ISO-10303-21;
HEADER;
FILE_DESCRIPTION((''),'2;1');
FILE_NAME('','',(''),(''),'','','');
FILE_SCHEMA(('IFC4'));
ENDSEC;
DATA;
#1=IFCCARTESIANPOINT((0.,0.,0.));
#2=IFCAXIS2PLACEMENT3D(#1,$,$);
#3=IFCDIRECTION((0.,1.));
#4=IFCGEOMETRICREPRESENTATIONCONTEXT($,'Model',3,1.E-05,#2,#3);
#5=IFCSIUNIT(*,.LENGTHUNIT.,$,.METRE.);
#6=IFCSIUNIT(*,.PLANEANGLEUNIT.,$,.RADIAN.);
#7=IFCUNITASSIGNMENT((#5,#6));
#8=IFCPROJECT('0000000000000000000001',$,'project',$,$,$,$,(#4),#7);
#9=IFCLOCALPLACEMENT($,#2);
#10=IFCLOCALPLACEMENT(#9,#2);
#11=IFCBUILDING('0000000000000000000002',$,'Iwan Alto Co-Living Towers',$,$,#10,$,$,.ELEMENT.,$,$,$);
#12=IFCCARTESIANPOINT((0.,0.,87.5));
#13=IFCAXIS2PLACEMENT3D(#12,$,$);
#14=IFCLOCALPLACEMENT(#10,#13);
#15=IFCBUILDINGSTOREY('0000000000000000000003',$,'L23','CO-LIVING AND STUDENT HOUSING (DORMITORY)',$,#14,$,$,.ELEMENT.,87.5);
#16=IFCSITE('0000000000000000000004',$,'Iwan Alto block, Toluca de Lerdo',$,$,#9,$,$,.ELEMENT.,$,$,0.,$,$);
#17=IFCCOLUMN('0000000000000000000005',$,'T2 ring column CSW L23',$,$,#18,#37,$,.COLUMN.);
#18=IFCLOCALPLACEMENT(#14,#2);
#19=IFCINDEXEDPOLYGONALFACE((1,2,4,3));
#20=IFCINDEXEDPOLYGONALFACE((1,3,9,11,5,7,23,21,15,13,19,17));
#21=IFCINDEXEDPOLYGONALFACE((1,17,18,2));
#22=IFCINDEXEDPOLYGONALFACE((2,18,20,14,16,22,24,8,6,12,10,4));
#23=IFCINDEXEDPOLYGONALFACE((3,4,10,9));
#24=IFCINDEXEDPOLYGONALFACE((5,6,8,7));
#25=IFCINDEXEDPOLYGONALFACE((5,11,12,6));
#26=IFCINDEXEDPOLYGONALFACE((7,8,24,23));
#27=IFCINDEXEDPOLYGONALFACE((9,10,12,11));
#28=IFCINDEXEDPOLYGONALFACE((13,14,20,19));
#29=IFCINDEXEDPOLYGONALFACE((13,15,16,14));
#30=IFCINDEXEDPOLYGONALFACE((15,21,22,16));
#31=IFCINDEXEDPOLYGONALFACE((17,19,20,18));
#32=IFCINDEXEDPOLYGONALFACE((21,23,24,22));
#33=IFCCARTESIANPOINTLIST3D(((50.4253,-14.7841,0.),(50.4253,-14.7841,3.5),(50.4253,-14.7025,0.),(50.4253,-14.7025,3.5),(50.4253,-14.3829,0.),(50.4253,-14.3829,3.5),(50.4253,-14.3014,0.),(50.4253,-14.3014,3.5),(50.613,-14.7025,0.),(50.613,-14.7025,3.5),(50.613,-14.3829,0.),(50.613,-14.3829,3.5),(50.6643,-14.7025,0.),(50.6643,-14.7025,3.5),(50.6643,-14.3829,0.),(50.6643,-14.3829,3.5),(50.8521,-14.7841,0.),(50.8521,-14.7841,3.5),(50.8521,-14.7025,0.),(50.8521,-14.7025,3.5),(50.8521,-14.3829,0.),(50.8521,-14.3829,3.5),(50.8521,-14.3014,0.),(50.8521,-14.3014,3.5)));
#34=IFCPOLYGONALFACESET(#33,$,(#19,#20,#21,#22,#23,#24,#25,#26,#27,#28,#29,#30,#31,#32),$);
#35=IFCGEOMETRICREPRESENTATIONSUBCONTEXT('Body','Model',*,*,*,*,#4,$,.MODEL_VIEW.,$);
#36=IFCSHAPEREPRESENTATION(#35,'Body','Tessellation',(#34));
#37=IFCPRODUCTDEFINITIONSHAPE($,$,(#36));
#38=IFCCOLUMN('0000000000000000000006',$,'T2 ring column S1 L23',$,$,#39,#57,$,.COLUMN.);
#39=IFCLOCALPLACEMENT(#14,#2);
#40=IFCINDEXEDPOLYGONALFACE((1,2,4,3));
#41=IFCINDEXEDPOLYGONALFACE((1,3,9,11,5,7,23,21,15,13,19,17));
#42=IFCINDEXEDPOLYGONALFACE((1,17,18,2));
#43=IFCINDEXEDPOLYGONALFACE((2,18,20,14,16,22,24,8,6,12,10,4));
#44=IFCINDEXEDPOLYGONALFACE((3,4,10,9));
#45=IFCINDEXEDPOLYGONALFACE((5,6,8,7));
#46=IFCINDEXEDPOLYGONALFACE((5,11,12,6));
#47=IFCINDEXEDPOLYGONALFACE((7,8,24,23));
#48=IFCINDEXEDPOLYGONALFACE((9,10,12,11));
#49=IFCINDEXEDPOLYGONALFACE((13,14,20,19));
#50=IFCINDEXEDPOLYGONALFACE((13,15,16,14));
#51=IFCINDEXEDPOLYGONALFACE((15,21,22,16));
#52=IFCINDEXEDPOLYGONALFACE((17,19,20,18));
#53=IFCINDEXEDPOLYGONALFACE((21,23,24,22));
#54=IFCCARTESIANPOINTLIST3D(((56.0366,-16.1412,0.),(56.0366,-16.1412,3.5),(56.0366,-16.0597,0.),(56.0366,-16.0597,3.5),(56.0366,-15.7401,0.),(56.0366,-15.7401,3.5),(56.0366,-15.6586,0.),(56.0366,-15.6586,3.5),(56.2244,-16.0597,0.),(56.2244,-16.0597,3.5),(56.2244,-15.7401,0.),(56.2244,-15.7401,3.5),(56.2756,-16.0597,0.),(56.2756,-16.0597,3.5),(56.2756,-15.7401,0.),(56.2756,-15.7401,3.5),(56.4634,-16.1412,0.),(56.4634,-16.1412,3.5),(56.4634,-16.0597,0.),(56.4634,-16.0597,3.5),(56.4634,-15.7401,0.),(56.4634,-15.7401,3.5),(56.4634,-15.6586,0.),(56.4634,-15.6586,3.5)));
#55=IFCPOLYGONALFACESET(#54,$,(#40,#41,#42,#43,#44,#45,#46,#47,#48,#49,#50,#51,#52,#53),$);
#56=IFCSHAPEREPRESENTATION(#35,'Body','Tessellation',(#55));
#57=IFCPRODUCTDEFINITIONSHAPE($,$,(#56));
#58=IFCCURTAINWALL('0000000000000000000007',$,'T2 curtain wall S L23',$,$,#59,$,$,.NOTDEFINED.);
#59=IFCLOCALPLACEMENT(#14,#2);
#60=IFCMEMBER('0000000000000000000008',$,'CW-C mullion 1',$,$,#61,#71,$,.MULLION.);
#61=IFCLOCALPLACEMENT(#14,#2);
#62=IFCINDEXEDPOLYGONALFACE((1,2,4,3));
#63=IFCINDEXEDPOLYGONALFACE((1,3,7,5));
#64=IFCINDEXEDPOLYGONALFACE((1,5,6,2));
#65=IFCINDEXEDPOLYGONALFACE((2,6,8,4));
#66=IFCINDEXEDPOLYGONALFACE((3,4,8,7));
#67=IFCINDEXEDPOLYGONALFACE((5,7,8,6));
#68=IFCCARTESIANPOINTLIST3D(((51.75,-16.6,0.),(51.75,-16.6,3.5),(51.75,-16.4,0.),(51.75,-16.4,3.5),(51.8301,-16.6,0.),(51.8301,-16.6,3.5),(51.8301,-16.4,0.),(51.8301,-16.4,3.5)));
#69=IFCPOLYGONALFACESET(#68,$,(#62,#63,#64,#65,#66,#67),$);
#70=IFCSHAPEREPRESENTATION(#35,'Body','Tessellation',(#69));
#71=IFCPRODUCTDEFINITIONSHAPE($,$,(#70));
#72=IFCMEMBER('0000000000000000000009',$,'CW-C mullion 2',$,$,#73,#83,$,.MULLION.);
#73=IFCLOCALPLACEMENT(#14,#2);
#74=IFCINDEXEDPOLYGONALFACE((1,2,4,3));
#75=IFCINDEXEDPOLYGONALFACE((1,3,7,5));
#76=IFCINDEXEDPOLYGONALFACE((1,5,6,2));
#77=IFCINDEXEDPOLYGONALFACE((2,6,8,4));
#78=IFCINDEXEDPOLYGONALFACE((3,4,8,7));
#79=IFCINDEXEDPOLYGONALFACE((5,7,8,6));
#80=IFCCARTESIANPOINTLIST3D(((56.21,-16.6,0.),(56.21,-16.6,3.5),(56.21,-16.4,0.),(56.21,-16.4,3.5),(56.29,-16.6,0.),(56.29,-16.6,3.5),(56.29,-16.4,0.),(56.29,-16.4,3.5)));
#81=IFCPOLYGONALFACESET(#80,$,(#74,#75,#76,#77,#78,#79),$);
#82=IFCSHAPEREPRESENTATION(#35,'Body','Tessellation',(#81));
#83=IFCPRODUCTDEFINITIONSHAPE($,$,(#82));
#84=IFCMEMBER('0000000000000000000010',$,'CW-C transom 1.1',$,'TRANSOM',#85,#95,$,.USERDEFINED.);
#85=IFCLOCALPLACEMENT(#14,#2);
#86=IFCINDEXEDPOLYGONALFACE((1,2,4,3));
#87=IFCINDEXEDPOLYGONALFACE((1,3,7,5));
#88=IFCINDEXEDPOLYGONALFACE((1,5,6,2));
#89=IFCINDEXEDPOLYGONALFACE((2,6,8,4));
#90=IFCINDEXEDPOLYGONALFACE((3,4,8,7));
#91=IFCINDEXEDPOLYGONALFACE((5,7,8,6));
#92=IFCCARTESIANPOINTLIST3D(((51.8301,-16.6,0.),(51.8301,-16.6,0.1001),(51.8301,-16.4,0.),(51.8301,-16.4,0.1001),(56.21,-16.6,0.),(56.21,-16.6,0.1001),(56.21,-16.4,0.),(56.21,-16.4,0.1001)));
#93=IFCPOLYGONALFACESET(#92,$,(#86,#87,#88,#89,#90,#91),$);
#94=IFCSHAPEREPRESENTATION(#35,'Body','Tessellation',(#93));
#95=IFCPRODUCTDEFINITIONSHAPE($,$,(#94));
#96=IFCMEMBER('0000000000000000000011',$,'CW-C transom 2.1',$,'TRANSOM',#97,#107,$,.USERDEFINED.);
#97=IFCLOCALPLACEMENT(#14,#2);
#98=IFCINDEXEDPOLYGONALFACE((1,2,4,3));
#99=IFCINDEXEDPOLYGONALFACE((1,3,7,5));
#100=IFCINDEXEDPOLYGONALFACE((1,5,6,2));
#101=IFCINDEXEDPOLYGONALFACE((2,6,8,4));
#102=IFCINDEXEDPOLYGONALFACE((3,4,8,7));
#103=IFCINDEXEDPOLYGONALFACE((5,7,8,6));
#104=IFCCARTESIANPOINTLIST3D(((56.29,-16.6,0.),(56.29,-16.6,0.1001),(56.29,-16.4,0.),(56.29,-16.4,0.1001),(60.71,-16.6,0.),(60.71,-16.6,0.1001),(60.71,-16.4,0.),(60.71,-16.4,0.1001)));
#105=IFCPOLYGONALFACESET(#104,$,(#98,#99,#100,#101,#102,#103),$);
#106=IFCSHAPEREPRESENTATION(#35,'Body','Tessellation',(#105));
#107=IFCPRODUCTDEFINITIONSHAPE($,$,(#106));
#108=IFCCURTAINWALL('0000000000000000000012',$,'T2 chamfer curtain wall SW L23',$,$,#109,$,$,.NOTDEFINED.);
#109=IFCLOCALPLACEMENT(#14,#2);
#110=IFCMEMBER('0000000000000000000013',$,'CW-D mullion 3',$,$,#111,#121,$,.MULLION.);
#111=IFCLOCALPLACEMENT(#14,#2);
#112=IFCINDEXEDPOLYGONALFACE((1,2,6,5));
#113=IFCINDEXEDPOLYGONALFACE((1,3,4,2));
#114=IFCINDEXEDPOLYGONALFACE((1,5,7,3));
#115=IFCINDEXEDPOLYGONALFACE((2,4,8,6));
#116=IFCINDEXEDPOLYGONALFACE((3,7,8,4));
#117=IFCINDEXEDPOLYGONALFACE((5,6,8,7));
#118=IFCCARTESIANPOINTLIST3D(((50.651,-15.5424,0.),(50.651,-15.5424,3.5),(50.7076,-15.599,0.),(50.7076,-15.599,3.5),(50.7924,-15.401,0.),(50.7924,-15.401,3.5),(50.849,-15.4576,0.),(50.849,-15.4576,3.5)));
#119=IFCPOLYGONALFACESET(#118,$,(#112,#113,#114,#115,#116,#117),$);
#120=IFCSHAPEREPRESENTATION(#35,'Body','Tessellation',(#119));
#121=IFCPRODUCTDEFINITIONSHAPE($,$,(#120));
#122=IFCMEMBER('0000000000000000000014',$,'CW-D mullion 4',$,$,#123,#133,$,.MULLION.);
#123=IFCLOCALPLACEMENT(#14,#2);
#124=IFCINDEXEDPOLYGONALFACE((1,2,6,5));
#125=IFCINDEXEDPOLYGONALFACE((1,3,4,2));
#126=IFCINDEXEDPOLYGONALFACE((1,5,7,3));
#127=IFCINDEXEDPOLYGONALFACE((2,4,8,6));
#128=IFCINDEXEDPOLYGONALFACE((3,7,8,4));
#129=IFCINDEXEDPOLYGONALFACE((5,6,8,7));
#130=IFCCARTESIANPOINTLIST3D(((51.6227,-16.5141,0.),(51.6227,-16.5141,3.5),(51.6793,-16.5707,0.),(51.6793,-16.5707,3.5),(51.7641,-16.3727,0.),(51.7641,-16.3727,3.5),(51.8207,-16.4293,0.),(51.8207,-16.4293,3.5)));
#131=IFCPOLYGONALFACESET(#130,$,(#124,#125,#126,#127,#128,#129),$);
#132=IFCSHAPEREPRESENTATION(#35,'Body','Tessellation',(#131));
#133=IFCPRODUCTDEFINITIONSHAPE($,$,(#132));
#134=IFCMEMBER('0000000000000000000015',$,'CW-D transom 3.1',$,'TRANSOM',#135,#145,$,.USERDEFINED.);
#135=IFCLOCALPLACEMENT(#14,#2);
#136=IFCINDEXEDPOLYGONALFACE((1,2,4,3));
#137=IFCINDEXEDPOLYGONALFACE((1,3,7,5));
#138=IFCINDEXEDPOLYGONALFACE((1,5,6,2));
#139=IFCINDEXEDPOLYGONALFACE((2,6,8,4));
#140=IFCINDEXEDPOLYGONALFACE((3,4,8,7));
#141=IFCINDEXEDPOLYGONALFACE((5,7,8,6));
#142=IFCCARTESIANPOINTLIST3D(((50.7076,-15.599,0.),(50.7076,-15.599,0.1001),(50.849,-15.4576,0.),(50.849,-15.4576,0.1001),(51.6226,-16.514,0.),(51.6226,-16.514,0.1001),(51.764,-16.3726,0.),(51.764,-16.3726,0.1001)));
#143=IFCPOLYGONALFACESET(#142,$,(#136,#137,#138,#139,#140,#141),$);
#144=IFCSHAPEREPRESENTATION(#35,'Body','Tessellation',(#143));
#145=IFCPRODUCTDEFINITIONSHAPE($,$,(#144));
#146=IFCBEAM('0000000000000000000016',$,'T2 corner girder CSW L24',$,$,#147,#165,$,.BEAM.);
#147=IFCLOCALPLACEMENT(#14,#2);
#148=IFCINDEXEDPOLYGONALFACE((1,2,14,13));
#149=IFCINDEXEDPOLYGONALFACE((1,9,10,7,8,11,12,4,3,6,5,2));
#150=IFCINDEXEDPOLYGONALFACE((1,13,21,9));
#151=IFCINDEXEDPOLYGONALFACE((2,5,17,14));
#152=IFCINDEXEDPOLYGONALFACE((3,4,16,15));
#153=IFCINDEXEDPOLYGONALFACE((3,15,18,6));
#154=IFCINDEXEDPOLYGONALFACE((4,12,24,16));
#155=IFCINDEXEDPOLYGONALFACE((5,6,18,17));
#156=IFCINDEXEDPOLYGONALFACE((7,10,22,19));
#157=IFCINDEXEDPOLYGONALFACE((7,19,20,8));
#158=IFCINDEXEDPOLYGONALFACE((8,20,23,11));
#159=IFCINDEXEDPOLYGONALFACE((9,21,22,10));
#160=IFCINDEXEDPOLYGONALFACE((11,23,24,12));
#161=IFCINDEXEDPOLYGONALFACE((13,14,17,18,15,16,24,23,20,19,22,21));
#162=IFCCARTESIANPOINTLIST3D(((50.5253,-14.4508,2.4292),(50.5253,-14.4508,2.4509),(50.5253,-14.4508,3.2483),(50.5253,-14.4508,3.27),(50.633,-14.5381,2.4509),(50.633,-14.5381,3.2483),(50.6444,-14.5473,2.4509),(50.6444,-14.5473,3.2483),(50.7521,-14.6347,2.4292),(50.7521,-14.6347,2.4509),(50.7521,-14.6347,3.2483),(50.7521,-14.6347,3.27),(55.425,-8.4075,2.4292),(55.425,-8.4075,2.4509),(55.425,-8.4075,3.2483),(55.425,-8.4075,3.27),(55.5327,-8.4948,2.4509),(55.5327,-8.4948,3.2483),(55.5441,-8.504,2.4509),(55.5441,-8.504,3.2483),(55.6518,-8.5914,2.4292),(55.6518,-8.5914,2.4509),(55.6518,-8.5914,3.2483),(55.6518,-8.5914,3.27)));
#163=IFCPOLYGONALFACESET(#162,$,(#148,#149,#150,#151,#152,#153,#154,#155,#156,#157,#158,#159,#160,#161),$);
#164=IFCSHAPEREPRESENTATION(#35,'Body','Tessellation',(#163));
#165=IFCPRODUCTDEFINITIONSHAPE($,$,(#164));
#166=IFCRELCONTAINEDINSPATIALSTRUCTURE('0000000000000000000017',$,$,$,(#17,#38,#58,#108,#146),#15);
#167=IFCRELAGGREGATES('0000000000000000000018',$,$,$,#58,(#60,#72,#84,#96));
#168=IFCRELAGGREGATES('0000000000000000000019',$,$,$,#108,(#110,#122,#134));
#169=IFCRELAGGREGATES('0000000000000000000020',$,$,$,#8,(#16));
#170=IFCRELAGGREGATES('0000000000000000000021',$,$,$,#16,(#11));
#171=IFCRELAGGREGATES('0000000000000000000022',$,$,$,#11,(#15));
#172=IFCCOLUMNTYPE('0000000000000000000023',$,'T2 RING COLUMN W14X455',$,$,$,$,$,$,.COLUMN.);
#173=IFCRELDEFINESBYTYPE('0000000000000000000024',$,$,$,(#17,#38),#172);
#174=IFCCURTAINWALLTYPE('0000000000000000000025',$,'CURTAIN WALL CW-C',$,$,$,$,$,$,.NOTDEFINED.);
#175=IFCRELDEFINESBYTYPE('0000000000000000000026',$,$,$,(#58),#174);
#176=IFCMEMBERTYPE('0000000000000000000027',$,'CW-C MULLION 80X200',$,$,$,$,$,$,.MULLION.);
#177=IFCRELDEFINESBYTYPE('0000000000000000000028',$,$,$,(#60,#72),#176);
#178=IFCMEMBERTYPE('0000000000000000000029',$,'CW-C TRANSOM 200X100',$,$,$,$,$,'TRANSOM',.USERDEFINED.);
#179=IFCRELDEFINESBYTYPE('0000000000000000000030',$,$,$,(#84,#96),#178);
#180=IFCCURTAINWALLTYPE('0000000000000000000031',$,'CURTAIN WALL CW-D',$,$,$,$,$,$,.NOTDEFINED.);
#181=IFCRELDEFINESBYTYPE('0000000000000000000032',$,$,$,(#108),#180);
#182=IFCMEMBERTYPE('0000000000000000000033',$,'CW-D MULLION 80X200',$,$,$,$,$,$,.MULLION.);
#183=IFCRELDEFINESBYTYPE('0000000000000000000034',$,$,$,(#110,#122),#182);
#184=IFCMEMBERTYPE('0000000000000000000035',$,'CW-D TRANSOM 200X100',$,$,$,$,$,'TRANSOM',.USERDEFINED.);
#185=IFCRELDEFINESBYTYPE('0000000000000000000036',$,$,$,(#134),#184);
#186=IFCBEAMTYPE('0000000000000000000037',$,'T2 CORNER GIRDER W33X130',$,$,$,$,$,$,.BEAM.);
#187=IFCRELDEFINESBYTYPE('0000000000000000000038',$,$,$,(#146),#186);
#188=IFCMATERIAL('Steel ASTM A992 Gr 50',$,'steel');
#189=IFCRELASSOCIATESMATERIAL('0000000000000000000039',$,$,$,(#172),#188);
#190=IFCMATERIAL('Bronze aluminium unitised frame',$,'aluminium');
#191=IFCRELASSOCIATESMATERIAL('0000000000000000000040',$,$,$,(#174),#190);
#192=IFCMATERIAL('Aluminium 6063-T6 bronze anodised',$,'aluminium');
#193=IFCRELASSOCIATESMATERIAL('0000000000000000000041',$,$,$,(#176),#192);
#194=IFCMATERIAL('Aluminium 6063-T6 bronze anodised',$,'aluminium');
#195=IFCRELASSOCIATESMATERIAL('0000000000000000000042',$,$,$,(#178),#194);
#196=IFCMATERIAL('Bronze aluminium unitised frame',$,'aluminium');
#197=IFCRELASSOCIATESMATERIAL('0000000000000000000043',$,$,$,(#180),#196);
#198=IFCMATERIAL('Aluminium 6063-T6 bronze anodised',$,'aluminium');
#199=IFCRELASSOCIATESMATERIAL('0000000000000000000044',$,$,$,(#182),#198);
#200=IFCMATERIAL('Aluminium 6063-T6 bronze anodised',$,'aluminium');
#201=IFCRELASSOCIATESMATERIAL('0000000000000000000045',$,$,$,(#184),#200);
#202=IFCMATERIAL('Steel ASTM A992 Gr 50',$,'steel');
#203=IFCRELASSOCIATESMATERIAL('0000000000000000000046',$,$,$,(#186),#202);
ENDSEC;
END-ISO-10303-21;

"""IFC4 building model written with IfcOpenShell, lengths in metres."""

from ifc_helpers import new_model, si_unit, direction, frame, origin, origin_2d, place, context, subcontext, project, spatial, rectangle, i_section, extrude, material, material_profile, profile_set, type_object, element, aggregate, save


model = new_model("IFC4")

# Units and contexts
model_context = context("Model", 3, precision=1e-05, world=origin(), true_north=direction((0.0, 1.0)))
body_context = subcontext(model_context, "Body", "Model", "MODEL_VIEW")
ifc_project = project(units=[si_unit("LENGTHUNIT", "METRE"), si_unit("PLANEANGLEUNIT", "RADIAN")], contexts=[model_context])

# Site, building, storey
site_placement = place(None, origin())
site = spatial("IfcSite", under=ifc_project, at=site_placement, Name="Iwan Alto block, Toluca de Lerdo", CompositionType="ELEMENT", RefElevation=0.0)
building_placement = place(site_placement, origin())
building = spatial("IfcBuilding", under=site, at=building_placement, Name="Iwan Alto Co-Living Towers", CompositionType="ELEMENT")
storey_placement = place(building_placement, frame((0.0, 0.0, 87.5)))
storey = spatial("IfcBuildingStorey", under=building, at=storey_placement, Name="L23", Description="CO-LIVING AND STUDENT HOUSING (DORMITORY)", CompositionType="ELEMENT", Elevation=87.5)

# Columns
ifc_material_1 = material(Name="Steel ASTM A992 Gr 50", Category="steel")
ifc_material_profile_1 = material_profile(ifc_material_1, i_section(OverallWidth=0.4268, OverallDepth=0.4827, WebThickness=0.0513, FlangeThickness=0.0815, at=origin_2d()), Name="W14X455")
ifc_profile_set_1 = profile_set([ifc_material_profile_1], Name="Steel ASTM A992 Gr 50")
column_type = type_object("IfcColumnType", Name="T2 RING COLUMN W14X455", PredefinedType="COLUMN", material=ifc_profile_set_1)
for number, where, z_axis, x_axis, name in (
    (1, (50.6387, -14.5427, 0.0), (0.0, 0.0, 1.0), (1.0, 0.0, 0.0), "T2 ring column CSW L23"),
    (2, (56.25, -15.8999, 0.0), (0.0, 0.0, 1.0), (1.0, 0.0, 0.0), "T2 ring column S1 L23"),
):
    element("IfcColumn", number, at=place(storey_placement, frame(where, z_axis=z_axis, x_axis=x_axis)), inside=storey, type_object=column_type, Name=name, PredefinedType="COLUMN", context=body_context, shape_type="SweptSolid", body=[
        extrude(i_section(OverallWidth=0.4268, OverallDepth=0.4827, WebThickness=0.0513, FlangeThickness=0.0815, at=origin_2d()), origin(), (0.0, 0.0, 1.0), 3.5),
    ])

# Curtain walls, members
ifc_material_2 = material(Name="Bronze aluminium unitised frame", Category="aluminium")
curtain_wall_type_1 = type_object("IfcCurtainWallType", Name="CURTAIN WALL CW-C", PredefinedType="NOTDEFINED", material=ifc_material_2)
curtain_wall_1_placement = place(storey_placement, origin())
curtain_wall_1 = element("IfcCurtainWall", 3, at=curtain_wall_1_placement, inside=storey, type_object=curtain_wall_type_1, Name="T2 curtain wall S L23", PredefinedType="NOTDEFINED")
ifc_material_3 = material(Name="Aluminium 6063-T6 bronze anodised", Category="aluminium")
ifc_material_profile_2 = material_profile(ifc_material_3, rectangle(XDim=0.2, YDim=0.0801, at=origin_2d()), Name="AL 80X200")
ifc_profile_set_2 = profile_set([ifc_material_profile_2], Name="Aluminium 6063-T6 bronze anodised")
member_type_1 = type_object("IfcMemberType", Name="CW-C MULLION 80X200", PredefinedType="MULLION", material=ifc_profile_set_2)
member_1_placement = place(storey_placement, frame((51.79, -16.5, 0.0), z_axis=(0.0, 0.0, 1.0), x_axis=(0.0, 1.0, 0.0)))
member_1 = element("IfcMember", 4, at=member_1_placement, type_object=member_type_1, Name="CW-C mullion 1", PredefinedType="MULLION", context=body_context, shape_type="SweptSolid", body=[
    extrude(rectangle(XDim=0.2, YDim=0.0801, at=origin_2d()), origin(), (0.0, 0.0, 1.0), 3.5),
])
member_2_placement = place(storey_placement, frame((56.25, -16.5, 0.0), z_axis=(0.0, 0.0, 1.0), x_axis=(0.0, 1.0, 0.0)))
member_2 = element("IfcMember", 5, at=member_2_placement, type_object=member_type_1, Name="CW-C mullion 2", PredefinedType="MULLION", context=body_context, shape_type="SweptSolid", body=[
    extrude(rectangle(XDim=0.2, YDim=0.0801, at=origin_2d()), origin(), (0.0, 0.0, 1.0), 3.5),
])
ifc_material_4 = material(Name="Aluminium 6063-T6 bronze anodised", Category="aluminium")
ifc_material_profile_3 = material_profile(ifc_material_4, rectangle(XDim=0.2, YDim=0.1001, at=origin_2d()), Name="AL 200X100")
ifc_profile_set_3 = profile_set([ifc_material_profile_3], Name="Aluminium 6063-T6 bronze anodised")
member_type_2 = type_object("IfcMemberType", Name="CW-C TRANSOM 200X100", ElementType="TRANSOM", PredefinedType="USERDEFINED", material=ifc_profile_set_3)
member_3_placement = place(storey_placement, frame((51.8301, -16.5, 0.05), z_axis=(1.0, 0.0, 0.0), x_axis=(0.0, 1.0, 0.0)))
member_3 = element("IfcMember", 6, at=member_3_placement, type_object=member_type_2, Name="CW-C transom 1.1", ObjectType="TRANSOM", PredefinedType="USERDEFINED", context=body_context, shape_type="SweptSolid", body=[
    extrude(rectangle(XDim=0.2, YDim=0.1001, at=origin_2d()), origin(), (0.0, 0.0, 1.0), 4.3799),
])
member_4_placement = place(storey_placement, frame((56.29, -16.5, 0.05), z_axis=(1.0, 0.0, 0.0), x_axis=(0.0, 1.0, 0.0)))
member_4 = element("IfcMember", 7, at=member_4_placement, type_object=member_type_2, Name="CW-C transom 2.1", ObjectType="TRANSOM", PredefinedType="USERDEFINED", context=body_context, shape_type="SweptSolid", body=[
    extrude(rectangle(XDim=0.2, YDim=0.1001, at=origin_2d()), origin(), (0.0, 0.0, 1.0), 4.4199),
])
ifc_material_5 = material(Name="Bronze aluminium unitised frame", Category="aluminium")
curtain_wall_type_2 = type_object("IfcCurtainWallType", Name="CURTAIN WALL CW-D", PredefinedType="NOTDEFINED", material=ifc_material_5)
curtain_wall_2_placement = place(storey_placement, origin())
curtain_wall_2 = element("IfcCurtainWall", 8, at=curtain_wall_2_placement, inside=storey, type_object=curtain_wall_type_2, Name="T2 chamfer curtain wall SW L23", PredefinedType="NOTDEFINED")
ifc_material_6 = material(Name="Aluminium 6063-T6 bronze anodised", Category="aluminium")
ifc_material_profile_4 = material_profile(ifc_material_6, rectangle(XDim=0.2, YDim=0.0801, at=origin_2d()), Name="AL 80X200")
ifc_profile_set_4 = profile_set([ifc_material_profile_4], Name="Aluminium 6063-T6 bronze anodised")
member_type_3 = type_object("IfcMemberType", Name="CW-D MULLION 80X200", PredefinedType="MULLION", material=ifc_profile_set_4)
member_5_placement = place(storey_placement, frame((50.75, -15.5, 0.0), z_axis=(0.0, 0.0, 1.0), x_axis=(0.707107, 0.707107, 0.0)))
member_5 = element("IfcMember", 9, at=member_5_placement, type_object=member_type_3, Name="CW-D mullion 3", PredefinedType="MULLION", context=body_context, shape_type="SweptSolid", body=[
    extrude(rectangle(XDim=0.2, YDim=0.0801, at=origin_2d()), origin(), (0.0, 0.0, 1.0), 3.5),
])
member_6_placement = place(storey_placement, frame((51.7217, -16.4717, 0.0), z_axis=(0.0, 0.0, 1.0), x_axis=(0.707107, 0.707107, 0.0)))
member_6 = element("IfcMember", 10, at=member_6_placement, type_object=member_type_3, Name="CW-D mullion 4", PredefinedType="MULLION", context=body_context, shape_type="SweptSolid", body=[
    extrude(rectangle(XDim=0.2, YDim=0.0801, at=origin_2d()), origin(), (0.0, 0.0, 1.0), 3.5),
])
ifc_material_7 = material(Name="Aluminium 6063-T6 bronze anodised", Category="aluminium")
ifc_material_profile_5 = material_profile(ifc_material_7, rectangle(XDim=0.2, YDim=0.1001, at=origin_2d()), Name="AL 200X100")
ifc_profile_set_5 = profile_set([ifc_material_profile_5], Name="Aluminium 6063-T6 bronze anodised")
member_type_4 = type_object("IfcMemberType", Name="CW-D TRANSOM 200X100", ElementType="TRANSOM", PredefinedType="USERDEFINED", material=ifc_profile_set_5)
member_7_placement = place(storey_placement, frame((50.7783, -15.5283, 0.05), z_axis=(0.707107, -0.707107, 0.0), x_axis=(0.707107, 0.707107, 0.0)))
member_7 = element("IfcMember", 11, at=member_7_placement, type_object=member_type_4, Name="CW-D transom 3.1", ObjectType="TRANSOM", PredefinedType="USERDEFINED", context=body_context, shape_type="SweptSolid", body=[
    extrude(rectangle(XDim=0.2, YDim=0.1001, at=origin_2d()), origin(), (0.0, 0.0, 1.0), 1.2939),
])

# Beam
ifc_material_8 = material(Name="Steel ASTM A992 Gr 50", Category="steel")
ifc_material_profile_6 = material_profile(ifc_material_8, i_section(OverallWidth=0.292, OverallDepth=0.8408, WebThickness=0.0146, FlangeThickness=0.0217, at=origin_2d()), Name="W33X130")
ifc_profile_set_6 = profile_set([ifc_material_profile_6], Name="Steel ASTM A992 Gr 50")
beam_type_1 = type_object("IfcBeamType", Name="T2 CORNER GIRDER W33X130", PredefinedType="BEAM", material=ifc_profile_set_6)
beam_1_placement = place(storey_placement, frame((50.6387, -14.5427, 2.8496), z_axis=(0.629783, 0.776771, 0.0), x_axis=(-0.776771, 0.629783, 0.0)))
element("IfcBeam", 12, at=beam_1_placement, inside=storey, type_object=beam_type_1, Name="T2 corner girder CSW L24", PredefinedType="BEAM", context=body_context, shape_type="SweptSolid", body=[
    extrude(i_section(OverallWidth=0.292, OverallDepth=0.8408, WebThickness=0.0146, FlangeThickness=0.0217, at=origin_2d()), origin(), (0.0, 0.0, 1.0), 7.78),
])

aggregate(curtain_wall_1, [member_1, member_2, member_3, member_4])
aggregate(curtain_wall_2, [member_5, member_6, member_7])

save(model, "model.ifc")
